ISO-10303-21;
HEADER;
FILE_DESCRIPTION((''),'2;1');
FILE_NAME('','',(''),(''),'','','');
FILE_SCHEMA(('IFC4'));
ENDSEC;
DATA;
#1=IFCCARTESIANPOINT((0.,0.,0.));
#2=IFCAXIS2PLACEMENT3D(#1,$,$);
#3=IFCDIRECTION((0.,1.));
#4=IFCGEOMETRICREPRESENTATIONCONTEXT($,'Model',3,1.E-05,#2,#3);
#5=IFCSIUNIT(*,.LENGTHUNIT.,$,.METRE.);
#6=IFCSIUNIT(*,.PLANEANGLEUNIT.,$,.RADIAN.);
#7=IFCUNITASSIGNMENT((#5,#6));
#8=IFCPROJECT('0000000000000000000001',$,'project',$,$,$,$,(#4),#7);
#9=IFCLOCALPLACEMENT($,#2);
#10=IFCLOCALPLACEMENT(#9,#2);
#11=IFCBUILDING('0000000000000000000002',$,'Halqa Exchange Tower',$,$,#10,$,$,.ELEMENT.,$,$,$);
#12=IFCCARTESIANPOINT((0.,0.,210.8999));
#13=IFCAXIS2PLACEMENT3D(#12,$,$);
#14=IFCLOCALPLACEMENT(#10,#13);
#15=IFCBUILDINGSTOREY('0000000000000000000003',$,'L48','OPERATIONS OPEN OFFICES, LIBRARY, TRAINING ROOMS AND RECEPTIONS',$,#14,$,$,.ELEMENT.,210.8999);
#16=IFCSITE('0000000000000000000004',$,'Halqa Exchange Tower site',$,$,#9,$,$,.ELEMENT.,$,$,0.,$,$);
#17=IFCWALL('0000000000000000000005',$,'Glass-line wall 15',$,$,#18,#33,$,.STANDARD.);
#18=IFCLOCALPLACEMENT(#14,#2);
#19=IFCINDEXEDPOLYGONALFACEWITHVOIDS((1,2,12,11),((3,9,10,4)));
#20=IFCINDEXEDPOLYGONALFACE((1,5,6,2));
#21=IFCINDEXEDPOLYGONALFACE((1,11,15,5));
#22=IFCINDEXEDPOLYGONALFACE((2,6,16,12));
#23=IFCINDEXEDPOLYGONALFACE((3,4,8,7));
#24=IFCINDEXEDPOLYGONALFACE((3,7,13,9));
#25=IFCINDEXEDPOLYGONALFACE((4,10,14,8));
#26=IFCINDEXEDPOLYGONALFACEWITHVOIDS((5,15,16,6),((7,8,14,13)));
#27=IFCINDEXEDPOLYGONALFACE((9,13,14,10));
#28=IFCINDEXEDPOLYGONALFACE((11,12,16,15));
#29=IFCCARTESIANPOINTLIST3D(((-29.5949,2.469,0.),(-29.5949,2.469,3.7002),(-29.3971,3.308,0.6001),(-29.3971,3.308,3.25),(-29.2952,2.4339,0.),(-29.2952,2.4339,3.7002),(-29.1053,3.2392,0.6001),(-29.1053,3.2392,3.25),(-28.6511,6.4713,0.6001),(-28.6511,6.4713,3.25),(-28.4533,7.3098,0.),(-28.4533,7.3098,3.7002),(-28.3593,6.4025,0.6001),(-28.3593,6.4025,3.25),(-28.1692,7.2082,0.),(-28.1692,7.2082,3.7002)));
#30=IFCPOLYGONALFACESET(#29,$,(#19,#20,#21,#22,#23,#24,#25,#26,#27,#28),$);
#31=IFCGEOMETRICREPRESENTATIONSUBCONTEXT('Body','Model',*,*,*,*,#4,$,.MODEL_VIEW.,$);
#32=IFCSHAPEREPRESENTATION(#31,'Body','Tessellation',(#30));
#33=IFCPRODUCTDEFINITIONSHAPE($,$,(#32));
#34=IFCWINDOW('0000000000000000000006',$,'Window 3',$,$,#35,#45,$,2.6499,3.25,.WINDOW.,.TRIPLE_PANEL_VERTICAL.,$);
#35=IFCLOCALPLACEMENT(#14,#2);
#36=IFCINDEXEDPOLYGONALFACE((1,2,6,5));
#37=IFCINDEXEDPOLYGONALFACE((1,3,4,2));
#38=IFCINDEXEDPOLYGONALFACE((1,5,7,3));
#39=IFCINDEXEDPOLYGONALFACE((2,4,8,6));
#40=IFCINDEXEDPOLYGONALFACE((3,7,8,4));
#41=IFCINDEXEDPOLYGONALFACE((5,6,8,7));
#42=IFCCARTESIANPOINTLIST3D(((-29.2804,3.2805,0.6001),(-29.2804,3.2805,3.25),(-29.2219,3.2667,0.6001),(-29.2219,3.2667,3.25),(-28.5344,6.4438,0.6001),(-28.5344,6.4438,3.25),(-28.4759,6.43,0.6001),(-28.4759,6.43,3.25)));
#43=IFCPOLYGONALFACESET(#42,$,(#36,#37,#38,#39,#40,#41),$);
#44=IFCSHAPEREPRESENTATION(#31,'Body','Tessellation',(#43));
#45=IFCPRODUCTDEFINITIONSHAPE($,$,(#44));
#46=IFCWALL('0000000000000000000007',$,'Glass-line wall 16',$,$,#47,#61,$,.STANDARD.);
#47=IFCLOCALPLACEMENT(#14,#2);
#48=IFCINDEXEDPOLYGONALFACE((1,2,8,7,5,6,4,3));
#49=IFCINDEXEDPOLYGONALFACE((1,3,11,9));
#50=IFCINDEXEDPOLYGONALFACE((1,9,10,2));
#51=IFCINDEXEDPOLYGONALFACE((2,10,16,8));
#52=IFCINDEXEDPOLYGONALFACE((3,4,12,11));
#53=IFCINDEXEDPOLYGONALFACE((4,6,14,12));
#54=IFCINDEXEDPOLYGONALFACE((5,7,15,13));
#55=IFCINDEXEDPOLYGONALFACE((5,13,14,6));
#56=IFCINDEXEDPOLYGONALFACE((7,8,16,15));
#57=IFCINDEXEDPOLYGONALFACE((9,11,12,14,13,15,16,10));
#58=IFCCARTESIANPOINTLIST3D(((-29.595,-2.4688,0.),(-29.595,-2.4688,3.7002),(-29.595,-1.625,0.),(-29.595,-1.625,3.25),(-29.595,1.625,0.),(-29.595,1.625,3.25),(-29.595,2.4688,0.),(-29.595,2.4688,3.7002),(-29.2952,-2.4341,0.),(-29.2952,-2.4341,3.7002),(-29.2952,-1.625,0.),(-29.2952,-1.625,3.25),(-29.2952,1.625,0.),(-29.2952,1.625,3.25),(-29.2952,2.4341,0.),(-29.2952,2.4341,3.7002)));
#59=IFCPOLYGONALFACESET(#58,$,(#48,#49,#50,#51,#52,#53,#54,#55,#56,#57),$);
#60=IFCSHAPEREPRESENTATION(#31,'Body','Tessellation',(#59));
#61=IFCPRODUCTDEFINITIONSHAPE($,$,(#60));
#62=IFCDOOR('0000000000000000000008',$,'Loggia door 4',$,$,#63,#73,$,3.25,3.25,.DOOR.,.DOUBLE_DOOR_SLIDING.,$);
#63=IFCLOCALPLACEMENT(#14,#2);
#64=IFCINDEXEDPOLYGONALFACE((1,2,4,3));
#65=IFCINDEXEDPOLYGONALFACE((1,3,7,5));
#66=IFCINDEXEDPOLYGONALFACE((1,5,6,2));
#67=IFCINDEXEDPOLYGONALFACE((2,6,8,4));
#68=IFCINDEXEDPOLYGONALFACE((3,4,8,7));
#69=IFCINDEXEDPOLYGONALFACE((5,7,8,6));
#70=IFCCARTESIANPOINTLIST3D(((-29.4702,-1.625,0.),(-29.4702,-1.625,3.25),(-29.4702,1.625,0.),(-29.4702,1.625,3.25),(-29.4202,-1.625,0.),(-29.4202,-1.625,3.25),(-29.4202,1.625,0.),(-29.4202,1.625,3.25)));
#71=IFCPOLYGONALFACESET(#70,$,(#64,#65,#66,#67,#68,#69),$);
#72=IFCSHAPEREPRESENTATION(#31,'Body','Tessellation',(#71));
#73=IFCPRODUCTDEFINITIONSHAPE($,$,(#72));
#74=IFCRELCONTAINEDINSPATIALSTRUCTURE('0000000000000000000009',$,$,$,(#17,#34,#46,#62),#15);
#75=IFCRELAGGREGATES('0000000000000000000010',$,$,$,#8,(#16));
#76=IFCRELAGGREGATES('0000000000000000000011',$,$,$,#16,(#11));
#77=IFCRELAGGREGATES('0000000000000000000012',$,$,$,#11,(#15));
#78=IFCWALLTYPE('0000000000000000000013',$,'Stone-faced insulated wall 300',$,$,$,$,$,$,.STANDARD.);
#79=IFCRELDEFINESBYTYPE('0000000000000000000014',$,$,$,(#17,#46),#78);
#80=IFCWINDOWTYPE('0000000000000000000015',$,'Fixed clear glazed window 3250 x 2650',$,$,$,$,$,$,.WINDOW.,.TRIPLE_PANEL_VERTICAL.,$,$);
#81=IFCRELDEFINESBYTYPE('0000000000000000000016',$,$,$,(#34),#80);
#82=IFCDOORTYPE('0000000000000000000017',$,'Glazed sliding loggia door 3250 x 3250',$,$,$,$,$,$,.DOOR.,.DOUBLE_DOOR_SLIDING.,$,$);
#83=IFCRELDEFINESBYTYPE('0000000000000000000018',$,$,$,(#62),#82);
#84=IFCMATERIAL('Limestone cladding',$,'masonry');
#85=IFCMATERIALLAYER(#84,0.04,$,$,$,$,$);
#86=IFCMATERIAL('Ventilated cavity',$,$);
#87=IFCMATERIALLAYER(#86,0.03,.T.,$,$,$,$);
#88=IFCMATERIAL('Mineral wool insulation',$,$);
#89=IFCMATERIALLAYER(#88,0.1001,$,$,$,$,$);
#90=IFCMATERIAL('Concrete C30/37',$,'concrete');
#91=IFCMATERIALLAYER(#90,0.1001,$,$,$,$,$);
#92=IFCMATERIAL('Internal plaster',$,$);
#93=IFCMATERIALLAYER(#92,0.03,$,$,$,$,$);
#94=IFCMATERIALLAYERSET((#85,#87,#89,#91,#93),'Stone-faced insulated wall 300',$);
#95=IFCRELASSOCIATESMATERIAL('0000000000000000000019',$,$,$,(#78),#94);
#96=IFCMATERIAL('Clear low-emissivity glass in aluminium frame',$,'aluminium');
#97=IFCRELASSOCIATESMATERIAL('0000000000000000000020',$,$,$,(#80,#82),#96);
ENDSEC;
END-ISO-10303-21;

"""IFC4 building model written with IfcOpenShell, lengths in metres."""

from ifc_helpers import new_model, si_unit, direction, frame, frame_2d, origin, place, context, subcontext, project, spatial, polyline, rectangle, outline, extrude, material, layer, layer_set, type_object, element, fill, save


model = new_model("IFC4")

# Units and contexts
model_context = context("Model", 3, precision=1e-05, world=origin(), true_north=direction((0.0, 1.0)))
body_context = subcontext(model_context, "Body", "Model", "MODEL_VIEW")
ifc_project = project(units=[si_unit("LENGTHUNIT", "METRE"), si_unit("PLANEANGLEUNIT", "RADIAN")], contexts=[model_context])

# Site, building, storey
site_placement = place(None, origin())
site = spatial("IfcSite", under=ifc_project, at=site_placement, Name="Halqa Exchange Tower site", CompositionType="ELEMENT", RefElevation=0.0)
building_placement = place(site_placement, origin())
building = spatial("IfcBuilding", under=site, at=building_placement, Name="Halqa Exchange Tower", CompositionType="ELEMENT")
storey_placement = place(building_placement, frame((0.0, 0.0, 210.8999)))
storey = spatial("IfcBuildingStorey", under=building, at=storey_placement, Name="L48", Description="OPERATIONS OPEN OFFICES, LIBRARY, TRAINING ROOMS AND RECEPTIONS", CompositionType="ELEMENT", Elevation=210.8999)

# Wall, opening, window
ifc_material_1 = material(Name="Limestone cladding", Category="masonry")
ifc_layer_1 = layer(ifc_material_1, 0.04)
ifc_material_2 = material(Name="Ventilated cavity")
ifc_layer_2 = layer(ifc_material_2, 0.03, ventilated=True)
ifc_material_3 = material(Name="Mineral wool insulation")
ifc_layer_3 = layer(ifc_material_3, 0.1001)
ifc_material_4 = material(Name="Concrete C30/37", Category="concrete")
ifc_layer_4 = layer(ifc_material_4, 0.1001)
ifc_material_5 = material(Name="Internal plaster")
ifc_layer_5 = layer(ifc_material_5, 0.03)
ifc_layer_set_1 = layer_set([ifc_layer_1, ifc_layer_2, ifc_layer_3, ifc_layer_4, ifc_layer_5], Name="Stone-faced insulated wall 300")
wall_type_1 = type_object("IfcWallType", Name="Stone-faced insulated wall 300", PredefinedType="STANDARD", material=ifc_layer_set_1)
ifc_material_6 = material(Name="Clear low-emissivity glass in aluminium frame", Category="aluminium")
window_type = type_object("IfcWindowType", Name="Fixed clear glazed window 3250 x 2650", PartitioningType="TRIPLE_PANEL_VERTICAL", PredefinedType="WINDOW", material=ifc_material_6)
wall_1_placement = place(storey_placement, frame((-28.3113, 7.259, 0.0), z_axis=(0.0, 0.0, 1.0), x_axis=(-0.229535, -0.9733, 0.0)))
wall_1 = element("IfcWall", 1, at=wall_1_placement, inside=storey, type_object=wall_type_1, Name="Glass-line wall 15", PredefinedType="STANDARD", context=body_context, shape_type="SweptSolid", body=[
    extrude(outline(polyline([(-0.0168, -0.1499), (4.9568, -0.1499), (4.9221, 0.1499), (0.0168, 0.1499), (-0.0168, -0.1499)])), origin(), (0.0, 0.0, 1.0), 3.7002),
])
opening_1_placement = place(wall_1_placement, frame((0.8447, 0.0, 0.6001)))
opening_1 = element("IfcOpeningElement", 2, at=opening_1_placement, cuts=wall_1, PredefinedType="OPENING", context=body_context, shape_type="SweptSolid", body=[
    extrude(rectangle(XDim=3.25, YDim=2.6499, at=frame_2d((1.625, 1.325))), frame((0.0, 0.1621, 0.0), z_axis=(0.0, -1.0, 0.0), x_axis=(1.0, 0.0, 0.0)), (0.0, 0.0, 1.0), 0.324),
])
window_1_placement = place(opening_1_placement, origin())
window_1 = element("IfcWindow", 3, at=window_1_placement, inside=storey, type_object=window_type, Name="Window 3", OverallHeight=2.6499, OverallWidth=3.25, PartitioningType="TRIPLE_PANEL_VERTICAL", PredefinedType="WINDOW", context=body_context, shape_type="SweptSolid", body=[
    extrude(rectangle(XDim=3.25, YDim=2.6499, at=frame_2d((1.625, 1.325))), frame((0.0, 0.03, 0.0), z_axis=(0.0, -1.0, 0.0), x_axis=(1.0, 0.0, 0.0)), (0.0, 0.0, 1.0), 0.0601),
])
fill(opening_1, window_1)

# Wall, opening, door
wall_2_placement = place(storey_placement, frame((-29.4451, 2.4514, 0.0), z_axis=(0.0, 0.0, 1.0), x_axis=(0.0, -1.0, 0.0)))
wall_2 = element("IfcWall", 4, at=wall_2_placement, inside=storey, type_object=wall_type_1, Name="Glass-line wall 16", PredefinedType="STANDARD", context=body_context, shape_type="SweptSolid", body=[
    extrude(outline(polyline([(-0.0173, -0.1499), (4.9202, -0.1499), (4.8855, 0.1499), (0.0173, 0.1499), (-0.0173, -0.1499)])), origin(), (0.0, 0.0, 1.0), 3.7002),
])
opening_2_placement = place(wall_2_placement, frame((0.8264, 0.0, 0.0)))
opening_2 = element("IfcOpeningElement", 5, at=opening_2_placement, cuts=wall_2, PredefinedType="OPENING", context=body_context, shape_type="SweptSolid", body=[
    extrude(rectangle(XDim=3.25, YDim=3.25, at=frame_2d((1.625, 1.625))), frame((0.0, 0.1621, 0.0), z_axis=(0.0, -1.0, 0.0), x_axis=(1.0, 0.0, 0.0)), (0.0, 0.0, 1.0), 0.324),
])
door_type_1 = type_object("IfcDoorType", Name="Glazed sliding loggia door 3250 x 3250", OperationType="DOUBLE_DOOR_SLIDING", PredefinedType="DOOR", material=ifc_material_6)
door_1_placement = place(opening_2_placement, origin())
door_1 = element("IfcDoor", 6, at=door_1_placement, inside=storey, type_object=door_type_1, Name="Loggia door 4", OperationType="DOUBLE_DOOR_SLIDING", OverallHeight=3.25, OverallWidth=3.25, PredefinedType="DOOR", context=body_context, shape_type="SweptSolid", body=[
    extrude(rectangle(XDim=3.25, YDim=3.25, at=frame_2d((1.625, 1.625))), frame((0.0, 0.0249, 0.0), z_axis=(0.0, -1.0, 0.0), x_axis=(1.0, 0.0, 0.0)), (0.0, 0.0, 1.0), 0.05),
])
fill(opening_2, door_1)

save(model, "model.ifc")
